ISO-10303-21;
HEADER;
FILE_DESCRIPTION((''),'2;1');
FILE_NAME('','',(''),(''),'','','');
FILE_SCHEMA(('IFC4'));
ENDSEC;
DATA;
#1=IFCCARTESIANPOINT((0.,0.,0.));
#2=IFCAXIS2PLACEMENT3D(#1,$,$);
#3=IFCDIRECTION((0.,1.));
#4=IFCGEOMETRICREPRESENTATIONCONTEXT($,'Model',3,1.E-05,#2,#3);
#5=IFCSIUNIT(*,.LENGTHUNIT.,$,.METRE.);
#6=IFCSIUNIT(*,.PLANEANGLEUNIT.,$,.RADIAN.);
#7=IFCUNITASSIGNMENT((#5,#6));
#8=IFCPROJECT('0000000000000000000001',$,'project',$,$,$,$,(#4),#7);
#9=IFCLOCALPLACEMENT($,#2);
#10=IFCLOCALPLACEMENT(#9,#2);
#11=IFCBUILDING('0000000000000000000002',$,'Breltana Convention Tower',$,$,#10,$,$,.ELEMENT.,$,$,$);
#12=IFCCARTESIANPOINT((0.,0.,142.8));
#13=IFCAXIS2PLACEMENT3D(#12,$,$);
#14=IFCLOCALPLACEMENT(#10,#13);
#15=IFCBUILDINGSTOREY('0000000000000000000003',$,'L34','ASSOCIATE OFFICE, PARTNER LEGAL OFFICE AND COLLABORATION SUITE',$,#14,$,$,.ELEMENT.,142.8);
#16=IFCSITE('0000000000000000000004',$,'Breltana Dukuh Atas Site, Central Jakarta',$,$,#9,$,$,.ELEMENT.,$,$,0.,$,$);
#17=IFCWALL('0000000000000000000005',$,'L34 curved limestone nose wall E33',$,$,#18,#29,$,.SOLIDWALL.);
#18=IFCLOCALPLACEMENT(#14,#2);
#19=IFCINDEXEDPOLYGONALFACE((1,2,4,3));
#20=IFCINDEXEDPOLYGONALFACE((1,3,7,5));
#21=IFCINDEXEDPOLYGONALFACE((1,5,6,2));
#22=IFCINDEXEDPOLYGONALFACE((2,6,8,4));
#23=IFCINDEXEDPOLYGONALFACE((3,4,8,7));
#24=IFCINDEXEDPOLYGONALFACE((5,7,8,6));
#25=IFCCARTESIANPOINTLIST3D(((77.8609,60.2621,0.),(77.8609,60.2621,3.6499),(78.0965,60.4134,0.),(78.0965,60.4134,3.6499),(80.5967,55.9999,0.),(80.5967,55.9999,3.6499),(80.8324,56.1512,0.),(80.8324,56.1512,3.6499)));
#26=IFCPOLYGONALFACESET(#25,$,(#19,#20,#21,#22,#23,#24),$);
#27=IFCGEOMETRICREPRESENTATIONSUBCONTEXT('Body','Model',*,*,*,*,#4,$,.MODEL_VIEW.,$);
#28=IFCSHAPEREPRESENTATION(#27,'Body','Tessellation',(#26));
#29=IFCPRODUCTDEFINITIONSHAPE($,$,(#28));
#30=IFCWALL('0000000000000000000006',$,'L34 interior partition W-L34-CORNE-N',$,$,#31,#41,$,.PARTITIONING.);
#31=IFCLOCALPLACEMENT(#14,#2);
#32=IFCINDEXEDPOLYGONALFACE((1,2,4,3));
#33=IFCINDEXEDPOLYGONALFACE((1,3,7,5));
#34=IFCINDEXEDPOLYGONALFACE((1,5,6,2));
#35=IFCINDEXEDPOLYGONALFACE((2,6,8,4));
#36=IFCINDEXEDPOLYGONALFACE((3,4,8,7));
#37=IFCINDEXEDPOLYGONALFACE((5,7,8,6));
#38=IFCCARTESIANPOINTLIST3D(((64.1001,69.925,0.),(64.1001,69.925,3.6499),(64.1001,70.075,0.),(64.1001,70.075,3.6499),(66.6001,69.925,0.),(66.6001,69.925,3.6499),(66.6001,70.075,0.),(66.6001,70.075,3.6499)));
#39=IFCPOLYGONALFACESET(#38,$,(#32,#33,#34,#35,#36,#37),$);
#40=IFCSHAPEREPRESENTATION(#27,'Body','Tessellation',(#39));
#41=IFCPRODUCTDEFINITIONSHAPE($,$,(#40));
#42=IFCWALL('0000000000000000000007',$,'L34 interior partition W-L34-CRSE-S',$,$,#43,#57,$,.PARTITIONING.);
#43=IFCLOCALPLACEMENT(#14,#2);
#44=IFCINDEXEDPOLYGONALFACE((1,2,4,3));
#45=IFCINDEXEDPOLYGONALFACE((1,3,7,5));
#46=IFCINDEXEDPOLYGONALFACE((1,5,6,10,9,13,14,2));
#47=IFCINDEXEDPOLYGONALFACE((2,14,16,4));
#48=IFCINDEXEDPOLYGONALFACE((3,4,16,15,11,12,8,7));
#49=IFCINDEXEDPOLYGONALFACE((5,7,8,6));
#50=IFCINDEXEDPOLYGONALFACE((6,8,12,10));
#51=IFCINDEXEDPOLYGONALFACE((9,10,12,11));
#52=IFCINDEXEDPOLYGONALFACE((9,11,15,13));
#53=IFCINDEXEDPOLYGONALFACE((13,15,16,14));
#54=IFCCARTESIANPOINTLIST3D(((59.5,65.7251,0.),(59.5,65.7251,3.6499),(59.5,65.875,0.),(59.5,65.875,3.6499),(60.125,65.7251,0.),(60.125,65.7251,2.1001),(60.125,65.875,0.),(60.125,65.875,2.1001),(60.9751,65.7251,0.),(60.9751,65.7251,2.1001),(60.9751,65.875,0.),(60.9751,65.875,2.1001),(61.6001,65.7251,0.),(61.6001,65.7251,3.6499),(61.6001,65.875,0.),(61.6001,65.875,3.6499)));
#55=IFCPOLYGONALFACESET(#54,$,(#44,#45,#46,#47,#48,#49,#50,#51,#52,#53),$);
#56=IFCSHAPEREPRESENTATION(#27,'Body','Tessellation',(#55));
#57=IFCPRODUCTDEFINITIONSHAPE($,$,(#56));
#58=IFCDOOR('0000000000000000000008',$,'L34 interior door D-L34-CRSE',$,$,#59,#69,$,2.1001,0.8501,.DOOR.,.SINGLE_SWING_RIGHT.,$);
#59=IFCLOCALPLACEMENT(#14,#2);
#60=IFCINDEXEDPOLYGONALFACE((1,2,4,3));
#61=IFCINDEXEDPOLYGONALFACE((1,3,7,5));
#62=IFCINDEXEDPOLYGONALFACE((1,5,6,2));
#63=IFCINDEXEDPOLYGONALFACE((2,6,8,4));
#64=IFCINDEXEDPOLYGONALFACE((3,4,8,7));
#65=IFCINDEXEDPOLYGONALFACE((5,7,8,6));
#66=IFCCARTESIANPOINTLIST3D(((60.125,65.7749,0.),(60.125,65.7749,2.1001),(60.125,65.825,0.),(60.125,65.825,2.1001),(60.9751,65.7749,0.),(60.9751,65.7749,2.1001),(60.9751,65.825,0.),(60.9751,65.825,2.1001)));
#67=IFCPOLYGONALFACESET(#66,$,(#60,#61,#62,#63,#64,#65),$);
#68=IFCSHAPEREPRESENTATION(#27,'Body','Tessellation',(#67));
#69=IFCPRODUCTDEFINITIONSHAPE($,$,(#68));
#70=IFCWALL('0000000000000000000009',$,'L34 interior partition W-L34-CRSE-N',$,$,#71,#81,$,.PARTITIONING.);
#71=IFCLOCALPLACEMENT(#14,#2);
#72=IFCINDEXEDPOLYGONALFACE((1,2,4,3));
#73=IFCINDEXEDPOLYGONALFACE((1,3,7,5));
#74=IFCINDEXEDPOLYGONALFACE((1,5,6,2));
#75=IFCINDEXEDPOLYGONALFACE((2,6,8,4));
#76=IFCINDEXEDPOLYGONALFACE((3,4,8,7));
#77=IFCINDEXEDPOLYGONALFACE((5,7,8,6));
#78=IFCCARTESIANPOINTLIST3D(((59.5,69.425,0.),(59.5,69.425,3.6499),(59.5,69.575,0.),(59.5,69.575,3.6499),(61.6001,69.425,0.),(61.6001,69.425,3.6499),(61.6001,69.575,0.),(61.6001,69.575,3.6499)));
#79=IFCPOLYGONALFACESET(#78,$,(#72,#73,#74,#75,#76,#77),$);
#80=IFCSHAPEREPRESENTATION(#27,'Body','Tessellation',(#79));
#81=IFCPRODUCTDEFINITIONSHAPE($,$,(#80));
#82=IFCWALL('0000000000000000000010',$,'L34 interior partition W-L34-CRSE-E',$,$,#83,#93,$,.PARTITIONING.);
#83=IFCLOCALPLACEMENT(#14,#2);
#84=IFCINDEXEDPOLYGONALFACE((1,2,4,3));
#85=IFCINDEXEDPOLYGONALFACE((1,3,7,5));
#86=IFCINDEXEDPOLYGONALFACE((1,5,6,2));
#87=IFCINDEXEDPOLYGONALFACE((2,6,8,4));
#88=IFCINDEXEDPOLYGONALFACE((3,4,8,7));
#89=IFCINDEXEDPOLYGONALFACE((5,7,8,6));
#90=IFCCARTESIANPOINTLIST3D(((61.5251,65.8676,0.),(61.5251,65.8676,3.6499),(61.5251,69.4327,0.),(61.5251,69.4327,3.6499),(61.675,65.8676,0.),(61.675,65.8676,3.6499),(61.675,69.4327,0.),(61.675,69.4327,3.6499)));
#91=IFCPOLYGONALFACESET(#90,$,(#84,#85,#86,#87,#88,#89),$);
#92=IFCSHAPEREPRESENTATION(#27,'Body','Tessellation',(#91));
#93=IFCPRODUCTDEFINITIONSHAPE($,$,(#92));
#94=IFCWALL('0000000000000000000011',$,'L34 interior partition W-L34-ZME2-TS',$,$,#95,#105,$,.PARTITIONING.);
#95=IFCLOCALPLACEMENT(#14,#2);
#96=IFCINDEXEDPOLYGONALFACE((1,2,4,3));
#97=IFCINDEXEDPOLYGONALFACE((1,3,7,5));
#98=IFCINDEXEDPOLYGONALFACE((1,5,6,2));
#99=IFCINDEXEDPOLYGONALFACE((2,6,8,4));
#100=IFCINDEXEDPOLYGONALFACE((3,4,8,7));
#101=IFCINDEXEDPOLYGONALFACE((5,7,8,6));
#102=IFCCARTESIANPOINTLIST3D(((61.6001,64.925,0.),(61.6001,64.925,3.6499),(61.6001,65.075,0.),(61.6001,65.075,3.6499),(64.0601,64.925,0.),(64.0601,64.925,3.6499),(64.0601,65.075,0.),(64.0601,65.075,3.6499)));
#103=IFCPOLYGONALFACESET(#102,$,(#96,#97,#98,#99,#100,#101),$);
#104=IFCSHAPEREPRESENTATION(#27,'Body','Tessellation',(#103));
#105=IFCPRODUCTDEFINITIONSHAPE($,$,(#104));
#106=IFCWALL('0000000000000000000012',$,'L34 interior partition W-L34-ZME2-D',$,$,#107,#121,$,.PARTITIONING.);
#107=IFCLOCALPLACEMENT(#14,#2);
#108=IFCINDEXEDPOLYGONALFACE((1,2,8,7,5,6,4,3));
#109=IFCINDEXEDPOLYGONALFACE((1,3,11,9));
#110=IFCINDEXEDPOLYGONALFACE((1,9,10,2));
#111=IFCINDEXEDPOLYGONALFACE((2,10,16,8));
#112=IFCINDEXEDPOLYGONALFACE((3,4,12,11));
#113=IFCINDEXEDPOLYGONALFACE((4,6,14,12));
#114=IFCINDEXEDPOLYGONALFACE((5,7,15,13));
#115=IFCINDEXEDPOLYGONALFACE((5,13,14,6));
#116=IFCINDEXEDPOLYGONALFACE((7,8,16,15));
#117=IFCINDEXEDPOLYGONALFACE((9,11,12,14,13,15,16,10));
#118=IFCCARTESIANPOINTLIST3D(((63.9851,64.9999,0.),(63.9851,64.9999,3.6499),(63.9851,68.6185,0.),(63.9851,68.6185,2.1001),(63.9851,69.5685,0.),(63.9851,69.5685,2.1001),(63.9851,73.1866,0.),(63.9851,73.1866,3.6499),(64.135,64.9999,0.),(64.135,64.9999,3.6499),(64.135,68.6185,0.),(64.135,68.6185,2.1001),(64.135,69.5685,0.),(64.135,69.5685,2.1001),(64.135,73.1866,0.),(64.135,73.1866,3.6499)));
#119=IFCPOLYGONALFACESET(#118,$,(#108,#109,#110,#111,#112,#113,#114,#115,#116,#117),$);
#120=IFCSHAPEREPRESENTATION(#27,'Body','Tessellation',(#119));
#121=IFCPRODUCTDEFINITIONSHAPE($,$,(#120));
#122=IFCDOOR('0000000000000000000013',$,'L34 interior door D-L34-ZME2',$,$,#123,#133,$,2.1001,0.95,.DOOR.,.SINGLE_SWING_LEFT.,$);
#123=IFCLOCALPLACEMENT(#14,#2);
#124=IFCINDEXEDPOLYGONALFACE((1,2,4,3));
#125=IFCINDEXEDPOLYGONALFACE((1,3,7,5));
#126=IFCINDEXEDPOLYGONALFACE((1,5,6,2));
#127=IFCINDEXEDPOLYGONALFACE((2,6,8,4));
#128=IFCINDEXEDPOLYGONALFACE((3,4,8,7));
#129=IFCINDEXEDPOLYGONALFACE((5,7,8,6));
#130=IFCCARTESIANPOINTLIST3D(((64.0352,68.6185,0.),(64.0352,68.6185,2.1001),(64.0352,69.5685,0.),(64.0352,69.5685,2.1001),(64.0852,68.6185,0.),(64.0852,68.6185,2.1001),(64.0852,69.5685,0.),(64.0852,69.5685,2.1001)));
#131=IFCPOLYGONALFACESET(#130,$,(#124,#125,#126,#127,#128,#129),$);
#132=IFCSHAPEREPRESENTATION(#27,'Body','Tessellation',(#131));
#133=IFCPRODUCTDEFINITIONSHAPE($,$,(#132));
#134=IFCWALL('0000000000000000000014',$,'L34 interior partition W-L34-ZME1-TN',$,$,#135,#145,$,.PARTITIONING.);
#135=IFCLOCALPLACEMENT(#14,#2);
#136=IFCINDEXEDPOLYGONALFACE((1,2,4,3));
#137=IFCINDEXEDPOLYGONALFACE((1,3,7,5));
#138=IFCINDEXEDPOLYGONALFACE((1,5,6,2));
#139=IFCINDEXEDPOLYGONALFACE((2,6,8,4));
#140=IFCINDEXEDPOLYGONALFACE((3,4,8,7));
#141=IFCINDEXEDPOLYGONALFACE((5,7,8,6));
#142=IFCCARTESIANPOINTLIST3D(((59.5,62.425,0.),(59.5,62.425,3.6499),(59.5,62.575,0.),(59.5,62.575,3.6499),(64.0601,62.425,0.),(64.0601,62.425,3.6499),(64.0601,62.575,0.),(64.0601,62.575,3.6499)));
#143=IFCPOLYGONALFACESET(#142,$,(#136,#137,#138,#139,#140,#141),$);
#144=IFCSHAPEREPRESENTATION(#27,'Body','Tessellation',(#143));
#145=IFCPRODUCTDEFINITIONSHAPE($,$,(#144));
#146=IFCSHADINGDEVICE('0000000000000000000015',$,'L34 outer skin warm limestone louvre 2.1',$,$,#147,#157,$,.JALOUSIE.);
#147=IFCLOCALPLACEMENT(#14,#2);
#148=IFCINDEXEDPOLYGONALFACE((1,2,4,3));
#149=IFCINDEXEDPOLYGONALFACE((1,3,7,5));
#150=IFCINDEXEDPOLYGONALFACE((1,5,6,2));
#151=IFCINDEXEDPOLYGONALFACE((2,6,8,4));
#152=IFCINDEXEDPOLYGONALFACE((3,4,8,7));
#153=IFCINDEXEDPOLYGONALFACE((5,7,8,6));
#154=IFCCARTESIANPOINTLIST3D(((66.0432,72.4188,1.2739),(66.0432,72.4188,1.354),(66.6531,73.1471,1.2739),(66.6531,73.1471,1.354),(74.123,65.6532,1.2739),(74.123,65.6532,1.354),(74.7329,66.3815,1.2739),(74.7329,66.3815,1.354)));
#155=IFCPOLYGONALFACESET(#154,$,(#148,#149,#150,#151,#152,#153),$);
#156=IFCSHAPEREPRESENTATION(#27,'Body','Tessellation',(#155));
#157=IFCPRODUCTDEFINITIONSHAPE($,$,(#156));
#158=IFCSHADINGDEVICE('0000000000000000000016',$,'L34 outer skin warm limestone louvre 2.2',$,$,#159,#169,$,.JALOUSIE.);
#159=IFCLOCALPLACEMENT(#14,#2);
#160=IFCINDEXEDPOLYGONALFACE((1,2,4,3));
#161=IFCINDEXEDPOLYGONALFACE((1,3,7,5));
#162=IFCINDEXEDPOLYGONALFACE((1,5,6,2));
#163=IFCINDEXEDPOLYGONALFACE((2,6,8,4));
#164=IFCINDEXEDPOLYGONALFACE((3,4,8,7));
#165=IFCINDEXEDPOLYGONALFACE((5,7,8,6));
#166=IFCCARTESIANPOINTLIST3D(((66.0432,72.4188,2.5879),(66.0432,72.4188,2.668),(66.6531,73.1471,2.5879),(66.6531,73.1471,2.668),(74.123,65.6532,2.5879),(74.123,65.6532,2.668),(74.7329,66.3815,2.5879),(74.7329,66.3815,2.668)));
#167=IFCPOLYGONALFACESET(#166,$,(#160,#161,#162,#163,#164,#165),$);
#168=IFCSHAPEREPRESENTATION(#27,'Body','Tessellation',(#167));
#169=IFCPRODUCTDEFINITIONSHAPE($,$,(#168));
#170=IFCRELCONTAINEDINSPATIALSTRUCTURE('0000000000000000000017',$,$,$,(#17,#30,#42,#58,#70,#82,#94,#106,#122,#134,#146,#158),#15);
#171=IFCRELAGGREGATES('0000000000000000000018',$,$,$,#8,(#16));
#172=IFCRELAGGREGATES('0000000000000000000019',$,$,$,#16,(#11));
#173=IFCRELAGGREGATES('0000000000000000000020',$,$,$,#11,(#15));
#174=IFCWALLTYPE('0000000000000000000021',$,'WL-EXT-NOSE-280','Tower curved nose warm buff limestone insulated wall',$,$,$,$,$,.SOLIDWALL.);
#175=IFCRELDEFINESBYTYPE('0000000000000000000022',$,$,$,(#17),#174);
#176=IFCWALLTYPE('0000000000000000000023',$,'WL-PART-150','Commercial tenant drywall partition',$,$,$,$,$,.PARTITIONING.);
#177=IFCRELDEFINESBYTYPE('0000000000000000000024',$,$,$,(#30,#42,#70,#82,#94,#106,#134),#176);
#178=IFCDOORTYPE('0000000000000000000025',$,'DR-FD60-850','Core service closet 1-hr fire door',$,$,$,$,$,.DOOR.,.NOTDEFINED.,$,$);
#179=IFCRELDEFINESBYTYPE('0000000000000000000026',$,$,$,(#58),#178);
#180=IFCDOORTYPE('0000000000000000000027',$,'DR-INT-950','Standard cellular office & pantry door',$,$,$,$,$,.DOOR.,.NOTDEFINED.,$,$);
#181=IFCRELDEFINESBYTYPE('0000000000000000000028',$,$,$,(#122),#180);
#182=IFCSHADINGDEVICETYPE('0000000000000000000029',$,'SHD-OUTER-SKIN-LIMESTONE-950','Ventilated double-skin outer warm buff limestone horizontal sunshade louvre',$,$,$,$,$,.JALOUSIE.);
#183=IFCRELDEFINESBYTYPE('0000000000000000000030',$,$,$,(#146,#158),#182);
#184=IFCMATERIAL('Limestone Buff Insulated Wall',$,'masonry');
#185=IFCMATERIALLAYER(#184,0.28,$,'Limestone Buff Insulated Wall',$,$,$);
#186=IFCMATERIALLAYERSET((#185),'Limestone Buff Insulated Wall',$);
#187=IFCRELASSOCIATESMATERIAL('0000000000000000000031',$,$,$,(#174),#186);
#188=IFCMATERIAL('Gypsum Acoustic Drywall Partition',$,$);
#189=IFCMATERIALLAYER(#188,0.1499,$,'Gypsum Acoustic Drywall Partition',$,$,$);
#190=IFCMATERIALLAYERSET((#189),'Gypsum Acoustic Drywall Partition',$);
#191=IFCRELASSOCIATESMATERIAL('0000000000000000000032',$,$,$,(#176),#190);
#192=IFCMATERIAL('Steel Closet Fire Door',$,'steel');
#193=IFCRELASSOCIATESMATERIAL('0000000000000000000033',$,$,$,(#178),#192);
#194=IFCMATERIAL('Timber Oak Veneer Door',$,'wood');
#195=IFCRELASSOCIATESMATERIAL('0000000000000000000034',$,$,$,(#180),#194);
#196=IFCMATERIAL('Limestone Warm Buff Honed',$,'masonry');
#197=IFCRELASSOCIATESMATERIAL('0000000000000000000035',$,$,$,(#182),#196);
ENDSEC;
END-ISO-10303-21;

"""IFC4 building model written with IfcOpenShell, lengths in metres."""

from ifc_helpers import new_model, si_unit, direction, frame, frame_2d, origin, origin_2d, place, context, subcontext, project, spatial, rectangle, extrude, source, transform, mapped, material, layer, layer_set, material_profile, profile_set, type_object, type_shapes, element, fill, save


model = new_model("IFC4")

# Units and contexts
model_context = context("Model", 3, precision=1e-05, world=origin(), true_north=direction((0.0, 1.0)))
body_context = subcontext(model_context, "Body", "Model", "MODEL_VIEW")
ifc_project = project(units=[si_unit("LENGTHUNIT", "METRE"), si_unit("PLANEANGLEUNIT", "RADIAN")], contexts=[model_context])

# Site, building, storey
site_placement = place(None, origin())
site = spatial("IfcSite", under=ifc_project, at=site_placement, Name="Breltana Dukuh Atas Site, Central Jakarta", CompositionType="ELEMENT", RefElevation=0.0)
building_placement = place(site_placement, origin())
building = spatial("IfcBuilding", under=site, at=building_placement, Name="Breltana Convention Tower", CompositionType="ELEMENT")
storey_placement = place(building_placement, frame((0.0, 0.0, 142.8)))
storey = spatial("IfcBuildingStorey", under=building, at=storey_placement, Name="L34", Description="ASSOCIATE OFFICE, PARTNER LEGAL OFFICE AND COLLABORATION SUITE", CompositionType="ELEMENT", Elevation=142.8)

# Walls
ifc_material_1 = material(Name="Limestone Buff Insulated Wall", Category="masonry")
ifc_layer_1 = layer(ifc_material_1, 0.28, Name="Limestone Buff Insulated Wall")
ifc_layer_set_1 = layer_set([ifc_layer_1], Name="Limestone Buff Insulated Wall")
wall_type_1 = type_object("IfcWallType", Name="WL-EXT-NOSE-280", Description="Tower curved nose warm buff limestone insulated wall", PredefinedType="SOLIDWALL", material=ifc_layer_set_1)
shared_shape_1 = source(origin(), body_context, "Body", "SweptSolid", [
    extrude(rectangle(XDim=5.0647, YDim=0.28, at=frame_2d((2.5322, 0.0))), origin(), (0.0, 0.0, 1.0), 3.6499),
])
wall_1_placement = place(storey_placement, frame((77.9788, 60.3376, 0.0), z_axis=(0.0, 0.0, 1.0), x_axis=(0.540178, -0.841551, 0.0)))
element("IfcWall", 1, at=wall_1_placement, inside=storey, type_object=wall_type_1, Name="L34 curved limestone nose wall E33", PredefinedType="SOLIDWALL", context=body_context, shape_type="MappedRepresentation", body=[
    mapped(shared_shape_1, transform((0.0, 0.0, 0.0), scale=1.0)),
])
ifc_material_2 = material(Name="Gypsum Acoustic Drywall Partition")
ifc_layer_2 = layer(ifc_material_2, 0.1499, Name="Gypsum Acoustic Drywall Partition")
ifc_layer_set_2 = layer_set([ifc_layer_2], Name="Gypsum Acoustic Drywall Partition")
wall_type_2 = type_object("IfcWallType", Name="WL-PART-150", Description="Commercial tenant drywall partition", PredefinedType="PARTITIONING", material=ifc_layer_set_2)
shared_shape_2 = source(origin(), body_context, "Body", "SweptSolid", [
    extrude(rectangle(XDim=2.5, YDim=0.1499, at=frame_2d((1.25, 0.0))), origin(), (0.0, 0.0, 1.0), 3.6499),
])
wall_2_placement = place(storey_placement, frame((64.1001, 70.0, 0.0), z_axis=(0.0, 0.0, 1.0), x_axis=(1.0, 0.0, 0.0)))
element("IfcWall", 2, at=wall_2_placement, inside=storey, type_object=wall_type_2, Name="L34 interior partition W-L34-CORNE-N", PredefinedType="PARTITIONING", context=body_context, shape_type="MappedRepresentation", body=[
    mapped(shared_shape_2, transform((0.0, 0.0, 0.0), scale=1.0)),
])

# Wall, opening, door
shared_shape_3 = source(origin(), body_context, "Body", "SweptSolid", [
    extrude(rectangle(XDim=2.1001, YDim=0.1499, at=frame_2d((1.05, 0.0))), origin(), (0.0, 0.0, 1.0), 3.6499),
])
wall_3_placement = place(storey_placement, frame((59.5, 65.8, 0.0), z_axis=(0.0, 0.0, 1.0), x_axis=(1.0, 0.0, 0.0)))
wall_3 = element("IfcWall", 3, at=wall_3_placement, inside=storey, type_object=wall_type_2, Name="L34 interior partition W-L34-CRSE-S", PredefinedType="PARTITIONING", context=body_context, shape_type="MappedRepresentation", body=[
    mapped(shared_shape_3, transform((0.0, 0.0, 0.0), scale=1.0)),
])
opening_1_placement = place(wall_3_placement, frame((0.625, 0.0, 0.0)))
opening_1 = element("IfcOpeningElement", 4, at=opening_1_placement, cuts=wall_3, PredefinedType="OPENING", context=body_context, shape_type="SweptSolid", body=[
    extrude(rectangle(XDim=0.8501, YDim=2.1001, at=frame_2d((0.425, 1.05))), frame((0.0, 0.085, 0.0), z_axis=(0.0, -1.0, 0.0), x_axis=(1.0, 0.0, 0.0)), (0.0, 0.0, 1.0), 0.1699),
])
ifc_material_3 = material(Name="Steel Closet Fire Door", Category="steel")
door_type_1 = type_object("IfcDoorType", Name="DR-FD60-850", Description="Core service closet 1-hr fire door", OperationType="NOTDEFINED", PredefinedType="DOOR", material=ifc_material_3)
shared_shape_4 = source(origin(), body_context, "Body", "SweptSolid", [
    extrude(rectangle(XDim=0.8501, YDim=2.1001, at=frame_2d((0.425, 1.05))), frame((0.0, 0.0249, 0.0), z_axis=(0.0, -1.0, 0.0), x_axis=(1.0, 0.0, 0.0)), (0.0, 0.0, 1.0), 0.05),
])
type_shapes(door_type_1, [shared_shape_4])
door_1_placement = place(opening_1_placement, origin())
door_1 = element("IfcDoor", 5, at=door_1_placement, inside=storey, type_object=door_type_1, Name="L34 interior door D-L34-CRSE", OperationType="SINGLE_SWING_RIGHT", OverallHeight=2.1001, OverallWidth=0.8501, PredefinedType="DOOR", context=body_context, shape_type="MappedRepresentation", body=[
    mapped(shared_shape_4, transform((0.0, 0.0, 0.0), scale=1.0)),
])
fill(opening_1, door_1)

# Walls
wall_4_placement = place(storey_placement, frame((59.5, 69.5, 0.0), z_axis=(0.0, 0.0, 1.0), x_axis=(1.0, 0.0, 0.0)))
element("IfcWall", 6, at=wall_4_placement, inside=storey, type_object=wall_type_2, Name="L34 interior partition W-L34-CRSE-N", PredefinedType="PARTITIONING", context=body_context, shape_type="MappedRepresentation", body=[
    mapped(shared_shape_3, transform((0.0, 0.0, 0.0), scale=1.0)),
])
shared_shape_5 = source(origin(), body_context, "Body", "SweptSolid", [
    extrude(rectangle(XDim=3.5652, YDim=0.1499, at=frame_2d((1.7827, 0.0))), origin(), (0.0, 0.0, 1.0), 3.6499),
])
wall_5_placement = place(storey_placement, frame((61.6001, 65.8674, 0.0), z_axis=(0.0, 0.0, 1.0), x_axis=(0.0, 1.0, 0.0)))
element("IfcWall", 7, at=wall_5_placement, inside=storey, type_object=wall_type_2, Name="L34 interior partition W-L34-CRSE-E", PredefinedType="PARTITIONING", context=body_context, shape_type="MappedRepresentation", body=[
    mapped(shared_shape_5, transform((0.0, 0.0, 0.0), scale=1.0)),
])
shared_shape_6 = source(origin(), body_context, "Body", "SweptSolid", [
    extrude(rectangle(XDim=2.46, YDim=0.1499, at=frame_2d((1.23, 0.0))), origin(), (0.0, 0.0, 1.0), 3.6499),
])
wall_6_placement = place(storey_placement, frame((61.6001, 65.0, 0.0), z_axis=(0.0, 0.0, 1.0), x_axis=(1.0, 0.0, 0.0)))
element("IfcWall", 8, at=wall_6_placement, inside=storey, type_object=wall_type_2, Name="L34 interior partition W-L34-ZME2-TS", PredefinedType="PARTITIONING", context=body_context, shape_type="MappedRepresentation", body=[
    mapped(shared_shape_6, transform((0.0, 0.0, 0.0), scale=1.0)),
])

# Wall, opening, door
shared_shape_7 = source(origin(), body_context, "Body", "SweptSolid", [
    extrude(rectangle(XDim=8.1868, YDim=0.1499, at=frame_2d((4.0933, 0.0))), origin(), (0.0, 0.0, 1.0), 3.6499),
])
wall_7_placement = place(storey_placement, frame((64.0601, 65.0, 0.0), z_axis=(0.0, 0.0, 1.0), x_axis=(0.0, 1.0, 0.0)))
wall_7 = element("IfcWall", 9, at=wall_7_placement, inside=storey, type_object=wall_type_2, Name="L34 interior partition W-L34-ZME2-D", PredefinedType="PARTITIONING", context=body_context, shape_type="MappedRepresentation", body=[
    mapped(shared_shape_7, transform((0.0, 0.0, 0.0), scale=1.0)),
])
opening_2_placement = place(wall_7_placement, frame((3.6184, 0.0, 0.0)))
opening_2 = element("IfcOpeningElement", 10, at=opening_2_placement, cuts=wall_7, PredefinedType="OPENING", context=body_context, shape_type="SweptSolid", body=[
    extrude(rectangle(XDim=0.95, YDim=2.1001, at=frame_2d((0.4751, 1.05))), frame((0.0, 0.085, 0.0), z_axis=(0.0, -1.0, 0.0), x_axis=(1.0, 0.0, 0.0)), (0.0, 0.0, 1.0), 0.1699),
])
ifc_material_4 = material(Name="Timber Oak Veneer Door", Category="wood")
door_type_2 = type_object("IfcDoorType", Name="DR-INT-950", Description="Standard cellular office & pantry door", OperationType="NOTDEFINED", PredefinedType="DOOR", material=ifc_material_4)
shared_shape_8 = source(origin(), body_context, "Body", "SweptSolid", [
    extrude(rectangle(XDim=0.95, YDim=2.1001, at=frame_2d((0.4751, 1.05))), frame((0.0, 0.0249, 0.0), z_axis=(0.0, -1.0, 0.0), x_axis=(1.0, 0.0, 0.0)), (0.0, 0.0, 1.0), 0.05),
])
type_shapes(door_type_2, [shared_shape_8])
door_2_placement = place(opening_2_placement, origin())
door_2 = element("IfcDoor", 11, at=door_2_placement, inside=storey, type_object=door_type_2, Name="L34 interior door D-L34-ZME2", OperationType="SINGLE_SWING_LEFT", OverallHeight=2.1001, OverallWidth=0.95, PredefinedType="DOOR", context=body_context, shape_type="MappedRepresentation", body=[
    mapped(shared_shape_8, transform((0.0, 0.0, 0.0), scale=1.0)),
])
fill(opening_2, door_2)

# Wall
shared_shape_9 = source(origin(), body_context, "Body", "SweptSolid", [
    extrude(rectangle(XDim=4.5601, YDim=0.1499, at=frame_2d((2.28, 0.0))), origin(), (0.0, 0.0, 1.0), 3.6499),
])
wall_8_placement = place(storey_placement, frame((59.5, 62.5, 0.0), z_axis=(0.0, 0.0, 1.0), x_axis=(1.0, 0.0, 0.0)))
element("IfcWall", 12, at=wall_8_placement, inside=storey, type_object=wall_type_2, Name="L34 interior partition W-L34-ZME1-TN", PredefinedType="PARTITIONING", context=body_context, shape_type="MappedRepresentation", body=[
    mapped(shared_shape_9, transform((0.0, 0.0, 0.0), scale=1.0)),
])

# Shading devices
ifc_material_5 = material(Name="Limestone Warm Buff Honed", Category="masonry")
ifc_material_profile_1 = material_profile(ifc_material_5, rectangle(XDim=0.95, YDim=0.0801, at=origin_2d()), Name="STN-LVR-950X80")
ifc_profile_set_1 = profile_set([ifc_material_profile_1], Name="Limestone Warm Buff Honed")
shading_device_type = type_object("IfcShadingDeviceType", Name="SHD-OUTER-SKIN-LIMESTONE-950", Description="Ventilated double-skin outer warm buff limestone horizontal sunshade louvre", PredefinedType="JALOUSIE", material=ifc_profile_set_1)
shared_shape_10 = source(origin(), body_context, "Body", "SweptSolid", [
    extrude(rectangle(XDim=0.95, YDim=0.0801, at=origin_2d()), origin(), (0.0, 0.0, 1.0), 10.5383),
])
for number, where, z_axis, x_axis, name in (
    (13, (66.3481, 72.783, 1.314), (0.766706, -0.641999, 0.0), (0.641999, 0.766706, 0.0), "L34 outer skin warm limestone louvre 2.1"),
    (14, (66.3481, 72.783, 2.6279), (0.766706, -0.641999, 0.0), (0.641999, 0.766706, 0.0), "L34 outer skin warm limestone louvre 2.2"),
):
    element("IfcShadingDevice", number, at=place(storey_placement, frame(where, z_axis=z_axis, x_axis=x_axis)), inside=storey, type_object=shading_device_type, Name=name, PredefinedType="JALOUSIE", context=body_context, shape_type="MappedRepresentation", body=[
        mapped(shared_shape_10, transform((0.0, 0.0, 0.0), scale=1.0)),
    ])

save(model, "model.ifc")
